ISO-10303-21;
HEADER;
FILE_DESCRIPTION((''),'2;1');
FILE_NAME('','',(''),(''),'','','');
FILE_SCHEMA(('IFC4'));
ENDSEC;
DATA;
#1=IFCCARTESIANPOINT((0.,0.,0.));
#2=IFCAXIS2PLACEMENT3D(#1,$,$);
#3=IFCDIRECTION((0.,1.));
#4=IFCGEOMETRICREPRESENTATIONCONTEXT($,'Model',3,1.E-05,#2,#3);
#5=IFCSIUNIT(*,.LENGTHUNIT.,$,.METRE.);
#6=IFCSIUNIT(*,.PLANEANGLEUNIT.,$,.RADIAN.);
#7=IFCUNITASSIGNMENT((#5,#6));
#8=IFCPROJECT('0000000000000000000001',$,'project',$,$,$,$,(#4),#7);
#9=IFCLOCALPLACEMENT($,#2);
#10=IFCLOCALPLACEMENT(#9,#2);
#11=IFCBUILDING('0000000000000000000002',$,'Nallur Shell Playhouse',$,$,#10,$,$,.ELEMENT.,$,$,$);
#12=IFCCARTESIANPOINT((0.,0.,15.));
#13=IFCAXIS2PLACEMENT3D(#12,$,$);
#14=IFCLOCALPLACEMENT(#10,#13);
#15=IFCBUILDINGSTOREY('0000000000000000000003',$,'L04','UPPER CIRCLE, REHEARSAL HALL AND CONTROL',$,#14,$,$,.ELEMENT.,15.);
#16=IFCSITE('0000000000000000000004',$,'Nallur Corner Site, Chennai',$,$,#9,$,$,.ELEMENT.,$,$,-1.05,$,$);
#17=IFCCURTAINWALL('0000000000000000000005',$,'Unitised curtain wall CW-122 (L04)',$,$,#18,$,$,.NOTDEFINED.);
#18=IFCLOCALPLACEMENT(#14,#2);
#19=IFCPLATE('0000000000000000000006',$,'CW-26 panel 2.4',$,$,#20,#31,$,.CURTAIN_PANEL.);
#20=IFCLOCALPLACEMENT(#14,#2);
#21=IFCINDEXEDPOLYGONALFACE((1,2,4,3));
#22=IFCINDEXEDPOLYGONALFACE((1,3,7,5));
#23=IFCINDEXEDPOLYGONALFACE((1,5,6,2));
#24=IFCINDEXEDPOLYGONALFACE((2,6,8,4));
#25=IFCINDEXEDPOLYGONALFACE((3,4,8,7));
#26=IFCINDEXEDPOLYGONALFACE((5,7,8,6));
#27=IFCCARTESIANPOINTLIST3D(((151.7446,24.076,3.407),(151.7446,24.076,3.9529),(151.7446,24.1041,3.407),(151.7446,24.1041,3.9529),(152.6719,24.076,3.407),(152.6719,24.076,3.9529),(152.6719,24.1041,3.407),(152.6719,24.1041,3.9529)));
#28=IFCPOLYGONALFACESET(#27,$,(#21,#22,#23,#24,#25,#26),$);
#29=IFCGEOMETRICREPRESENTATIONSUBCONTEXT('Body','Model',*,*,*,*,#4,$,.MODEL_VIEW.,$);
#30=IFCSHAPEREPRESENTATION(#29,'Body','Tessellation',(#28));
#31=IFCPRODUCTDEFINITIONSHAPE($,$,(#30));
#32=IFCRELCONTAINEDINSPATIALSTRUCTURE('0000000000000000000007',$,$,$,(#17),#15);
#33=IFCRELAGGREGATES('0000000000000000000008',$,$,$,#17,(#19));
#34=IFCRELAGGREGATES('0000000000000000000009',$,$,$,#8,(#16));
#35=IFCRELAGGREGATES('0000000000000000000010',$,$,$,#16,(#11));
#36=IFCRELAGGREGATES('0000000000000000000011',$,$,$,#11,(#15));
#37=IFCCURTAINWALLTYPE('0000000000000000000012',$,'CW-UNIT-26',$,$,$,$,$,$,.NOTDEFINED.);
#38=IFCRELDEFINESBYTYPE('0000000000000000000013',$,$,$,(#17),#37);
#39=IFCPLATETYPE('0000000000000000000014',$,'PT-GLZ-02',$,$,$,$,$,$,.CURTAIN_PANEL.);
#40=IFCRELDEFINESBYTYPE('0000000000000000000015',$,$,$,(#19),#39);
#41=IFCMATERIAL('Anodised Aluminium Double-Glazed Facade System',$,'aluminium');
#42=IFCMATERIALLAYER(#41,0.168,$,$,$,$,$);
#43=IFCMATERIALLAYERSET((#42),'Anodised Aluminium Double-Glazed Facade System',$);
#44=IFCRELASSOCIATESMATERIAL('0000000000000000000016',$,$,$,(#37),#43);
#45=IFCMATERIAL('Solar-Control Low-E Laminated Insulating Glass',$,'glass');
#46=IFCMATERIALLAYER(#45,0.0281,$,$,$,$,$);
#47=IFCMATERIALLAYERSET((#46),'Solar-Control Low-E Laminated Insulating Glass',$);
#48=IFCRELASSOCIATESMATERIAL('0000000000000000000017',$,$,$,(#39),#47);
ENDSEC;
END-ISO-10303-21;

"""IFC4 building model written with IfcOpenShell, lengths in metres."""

from ifc_helpers import new_model, si_unit, direction, frame, origin, origin_2d, place, context, subcontext, project, spatial, rectangle, extrude, material, layer, layer_set, type_object, element, aggregate, save


model = new_model("IFC4")

# Units and contexts
model_context = context("Model", 3, precision=1e-05, world=origin(), true_north=direction((0.0, 1.0)))
body_context = subcontext(model_context, "Body", "Model", "MODEL_VIEW")
ifc_project = project(units=[si_unit("LENGTHUNIT", "METRE"), si_unit("PLANEANGLEUNIT", "RADIAN")], contexts=[model_context])

# Site, building, storey
site_placement = place(None, origin())
site = spatial("IfcSite", under=ifc_project, at=site_placement, Name="Nallur Corner Site, Chennai", CompositionType="ELEMENT", RefElevation=-1.05)
building_placement = place(site_placement, origin())
building = spatial("IfcBuilding", under=site, at=building_placement, Name="Nallur Shell Playhouse", CompositionType="ELEMENT")
storey_placement = place(building_placement, frame((0.0, 0.0, 15.0)))
storey = spatial("IfcBuildingStorey", under=building, at=storey_placement, Name="L04", Description="UPPER CIRCLE, REHEARSAL HALL AND CONTROL", CompositionType="ELEMENT", Elevation=15.0)

# Curtain wall
ifc_material_1 = material(Name="Anodised Aluminium Double-Glazed Facade System", Category="aluminium")
ifc_layer_1 = layer(ifc_material_1, 0.168)
ifc_layer_set_1 = layer_set([ifc_layer_1], Name="Anodised Aluminium Double-Glazed Facade System")
curtain_wall_type_1 = type_object("IfcCurtainWallType", Name="CW-UNIT-26", PredefinedType="NOTDEFINED", material=ifc_layer_set_1)
curtain_wall_1_placement = place(storey_placement, origin())
curtain_wall_1 = element("IfcCurtainWall", 1, at=curtain_wall_1_placement, inside=storey, type_object=curtain_wall_type_1, Name="Unitised curtain wall CW-122 (L04)", PredefinedType="NOTDEFINED")

# Plate
ifc_material_2 = material(Name="Solar-Control Low-E Laminated Insulating Glass", Category="glass")
ifc_layer_2 = layer(ifc_material_2, 0.0281)
ifc_layer_set_2 = layer_set([ifc_layer_2], Name="Solar-Control Low-E Laminated Insulating Glass")
plate_type_1 = type_object("IfcPlateType", Name="PT-GLZ-02", PredefinedType="CURTAIN_PANEL", material=ifc_layer_set_2)
plate_1_placement = place(storey_placement, frame((152.2083, 24.0901, 3.407), z_axis=(0.0, 0.0, 1.0), x_axis=(-1.0, 0.0, 0.0)))
plate_1 = element("IfcPlate", 2, at=plate_1_placement, type_object=plate_type_1, Name="CW-26 panel 2.4", PredefinedType="CURTAIN_PANEL", context=body_context, shape_type="SweptSolid", body=[
    extrude(rectangle(XDim=0.9272, YDim=0.0281, at=origin_2d()), origin(), (0.0, 0.0, 1.0), 0.5459),
])
aggregate(curtain_wall_1, [plate_1])

save(model, "model.ifc")
